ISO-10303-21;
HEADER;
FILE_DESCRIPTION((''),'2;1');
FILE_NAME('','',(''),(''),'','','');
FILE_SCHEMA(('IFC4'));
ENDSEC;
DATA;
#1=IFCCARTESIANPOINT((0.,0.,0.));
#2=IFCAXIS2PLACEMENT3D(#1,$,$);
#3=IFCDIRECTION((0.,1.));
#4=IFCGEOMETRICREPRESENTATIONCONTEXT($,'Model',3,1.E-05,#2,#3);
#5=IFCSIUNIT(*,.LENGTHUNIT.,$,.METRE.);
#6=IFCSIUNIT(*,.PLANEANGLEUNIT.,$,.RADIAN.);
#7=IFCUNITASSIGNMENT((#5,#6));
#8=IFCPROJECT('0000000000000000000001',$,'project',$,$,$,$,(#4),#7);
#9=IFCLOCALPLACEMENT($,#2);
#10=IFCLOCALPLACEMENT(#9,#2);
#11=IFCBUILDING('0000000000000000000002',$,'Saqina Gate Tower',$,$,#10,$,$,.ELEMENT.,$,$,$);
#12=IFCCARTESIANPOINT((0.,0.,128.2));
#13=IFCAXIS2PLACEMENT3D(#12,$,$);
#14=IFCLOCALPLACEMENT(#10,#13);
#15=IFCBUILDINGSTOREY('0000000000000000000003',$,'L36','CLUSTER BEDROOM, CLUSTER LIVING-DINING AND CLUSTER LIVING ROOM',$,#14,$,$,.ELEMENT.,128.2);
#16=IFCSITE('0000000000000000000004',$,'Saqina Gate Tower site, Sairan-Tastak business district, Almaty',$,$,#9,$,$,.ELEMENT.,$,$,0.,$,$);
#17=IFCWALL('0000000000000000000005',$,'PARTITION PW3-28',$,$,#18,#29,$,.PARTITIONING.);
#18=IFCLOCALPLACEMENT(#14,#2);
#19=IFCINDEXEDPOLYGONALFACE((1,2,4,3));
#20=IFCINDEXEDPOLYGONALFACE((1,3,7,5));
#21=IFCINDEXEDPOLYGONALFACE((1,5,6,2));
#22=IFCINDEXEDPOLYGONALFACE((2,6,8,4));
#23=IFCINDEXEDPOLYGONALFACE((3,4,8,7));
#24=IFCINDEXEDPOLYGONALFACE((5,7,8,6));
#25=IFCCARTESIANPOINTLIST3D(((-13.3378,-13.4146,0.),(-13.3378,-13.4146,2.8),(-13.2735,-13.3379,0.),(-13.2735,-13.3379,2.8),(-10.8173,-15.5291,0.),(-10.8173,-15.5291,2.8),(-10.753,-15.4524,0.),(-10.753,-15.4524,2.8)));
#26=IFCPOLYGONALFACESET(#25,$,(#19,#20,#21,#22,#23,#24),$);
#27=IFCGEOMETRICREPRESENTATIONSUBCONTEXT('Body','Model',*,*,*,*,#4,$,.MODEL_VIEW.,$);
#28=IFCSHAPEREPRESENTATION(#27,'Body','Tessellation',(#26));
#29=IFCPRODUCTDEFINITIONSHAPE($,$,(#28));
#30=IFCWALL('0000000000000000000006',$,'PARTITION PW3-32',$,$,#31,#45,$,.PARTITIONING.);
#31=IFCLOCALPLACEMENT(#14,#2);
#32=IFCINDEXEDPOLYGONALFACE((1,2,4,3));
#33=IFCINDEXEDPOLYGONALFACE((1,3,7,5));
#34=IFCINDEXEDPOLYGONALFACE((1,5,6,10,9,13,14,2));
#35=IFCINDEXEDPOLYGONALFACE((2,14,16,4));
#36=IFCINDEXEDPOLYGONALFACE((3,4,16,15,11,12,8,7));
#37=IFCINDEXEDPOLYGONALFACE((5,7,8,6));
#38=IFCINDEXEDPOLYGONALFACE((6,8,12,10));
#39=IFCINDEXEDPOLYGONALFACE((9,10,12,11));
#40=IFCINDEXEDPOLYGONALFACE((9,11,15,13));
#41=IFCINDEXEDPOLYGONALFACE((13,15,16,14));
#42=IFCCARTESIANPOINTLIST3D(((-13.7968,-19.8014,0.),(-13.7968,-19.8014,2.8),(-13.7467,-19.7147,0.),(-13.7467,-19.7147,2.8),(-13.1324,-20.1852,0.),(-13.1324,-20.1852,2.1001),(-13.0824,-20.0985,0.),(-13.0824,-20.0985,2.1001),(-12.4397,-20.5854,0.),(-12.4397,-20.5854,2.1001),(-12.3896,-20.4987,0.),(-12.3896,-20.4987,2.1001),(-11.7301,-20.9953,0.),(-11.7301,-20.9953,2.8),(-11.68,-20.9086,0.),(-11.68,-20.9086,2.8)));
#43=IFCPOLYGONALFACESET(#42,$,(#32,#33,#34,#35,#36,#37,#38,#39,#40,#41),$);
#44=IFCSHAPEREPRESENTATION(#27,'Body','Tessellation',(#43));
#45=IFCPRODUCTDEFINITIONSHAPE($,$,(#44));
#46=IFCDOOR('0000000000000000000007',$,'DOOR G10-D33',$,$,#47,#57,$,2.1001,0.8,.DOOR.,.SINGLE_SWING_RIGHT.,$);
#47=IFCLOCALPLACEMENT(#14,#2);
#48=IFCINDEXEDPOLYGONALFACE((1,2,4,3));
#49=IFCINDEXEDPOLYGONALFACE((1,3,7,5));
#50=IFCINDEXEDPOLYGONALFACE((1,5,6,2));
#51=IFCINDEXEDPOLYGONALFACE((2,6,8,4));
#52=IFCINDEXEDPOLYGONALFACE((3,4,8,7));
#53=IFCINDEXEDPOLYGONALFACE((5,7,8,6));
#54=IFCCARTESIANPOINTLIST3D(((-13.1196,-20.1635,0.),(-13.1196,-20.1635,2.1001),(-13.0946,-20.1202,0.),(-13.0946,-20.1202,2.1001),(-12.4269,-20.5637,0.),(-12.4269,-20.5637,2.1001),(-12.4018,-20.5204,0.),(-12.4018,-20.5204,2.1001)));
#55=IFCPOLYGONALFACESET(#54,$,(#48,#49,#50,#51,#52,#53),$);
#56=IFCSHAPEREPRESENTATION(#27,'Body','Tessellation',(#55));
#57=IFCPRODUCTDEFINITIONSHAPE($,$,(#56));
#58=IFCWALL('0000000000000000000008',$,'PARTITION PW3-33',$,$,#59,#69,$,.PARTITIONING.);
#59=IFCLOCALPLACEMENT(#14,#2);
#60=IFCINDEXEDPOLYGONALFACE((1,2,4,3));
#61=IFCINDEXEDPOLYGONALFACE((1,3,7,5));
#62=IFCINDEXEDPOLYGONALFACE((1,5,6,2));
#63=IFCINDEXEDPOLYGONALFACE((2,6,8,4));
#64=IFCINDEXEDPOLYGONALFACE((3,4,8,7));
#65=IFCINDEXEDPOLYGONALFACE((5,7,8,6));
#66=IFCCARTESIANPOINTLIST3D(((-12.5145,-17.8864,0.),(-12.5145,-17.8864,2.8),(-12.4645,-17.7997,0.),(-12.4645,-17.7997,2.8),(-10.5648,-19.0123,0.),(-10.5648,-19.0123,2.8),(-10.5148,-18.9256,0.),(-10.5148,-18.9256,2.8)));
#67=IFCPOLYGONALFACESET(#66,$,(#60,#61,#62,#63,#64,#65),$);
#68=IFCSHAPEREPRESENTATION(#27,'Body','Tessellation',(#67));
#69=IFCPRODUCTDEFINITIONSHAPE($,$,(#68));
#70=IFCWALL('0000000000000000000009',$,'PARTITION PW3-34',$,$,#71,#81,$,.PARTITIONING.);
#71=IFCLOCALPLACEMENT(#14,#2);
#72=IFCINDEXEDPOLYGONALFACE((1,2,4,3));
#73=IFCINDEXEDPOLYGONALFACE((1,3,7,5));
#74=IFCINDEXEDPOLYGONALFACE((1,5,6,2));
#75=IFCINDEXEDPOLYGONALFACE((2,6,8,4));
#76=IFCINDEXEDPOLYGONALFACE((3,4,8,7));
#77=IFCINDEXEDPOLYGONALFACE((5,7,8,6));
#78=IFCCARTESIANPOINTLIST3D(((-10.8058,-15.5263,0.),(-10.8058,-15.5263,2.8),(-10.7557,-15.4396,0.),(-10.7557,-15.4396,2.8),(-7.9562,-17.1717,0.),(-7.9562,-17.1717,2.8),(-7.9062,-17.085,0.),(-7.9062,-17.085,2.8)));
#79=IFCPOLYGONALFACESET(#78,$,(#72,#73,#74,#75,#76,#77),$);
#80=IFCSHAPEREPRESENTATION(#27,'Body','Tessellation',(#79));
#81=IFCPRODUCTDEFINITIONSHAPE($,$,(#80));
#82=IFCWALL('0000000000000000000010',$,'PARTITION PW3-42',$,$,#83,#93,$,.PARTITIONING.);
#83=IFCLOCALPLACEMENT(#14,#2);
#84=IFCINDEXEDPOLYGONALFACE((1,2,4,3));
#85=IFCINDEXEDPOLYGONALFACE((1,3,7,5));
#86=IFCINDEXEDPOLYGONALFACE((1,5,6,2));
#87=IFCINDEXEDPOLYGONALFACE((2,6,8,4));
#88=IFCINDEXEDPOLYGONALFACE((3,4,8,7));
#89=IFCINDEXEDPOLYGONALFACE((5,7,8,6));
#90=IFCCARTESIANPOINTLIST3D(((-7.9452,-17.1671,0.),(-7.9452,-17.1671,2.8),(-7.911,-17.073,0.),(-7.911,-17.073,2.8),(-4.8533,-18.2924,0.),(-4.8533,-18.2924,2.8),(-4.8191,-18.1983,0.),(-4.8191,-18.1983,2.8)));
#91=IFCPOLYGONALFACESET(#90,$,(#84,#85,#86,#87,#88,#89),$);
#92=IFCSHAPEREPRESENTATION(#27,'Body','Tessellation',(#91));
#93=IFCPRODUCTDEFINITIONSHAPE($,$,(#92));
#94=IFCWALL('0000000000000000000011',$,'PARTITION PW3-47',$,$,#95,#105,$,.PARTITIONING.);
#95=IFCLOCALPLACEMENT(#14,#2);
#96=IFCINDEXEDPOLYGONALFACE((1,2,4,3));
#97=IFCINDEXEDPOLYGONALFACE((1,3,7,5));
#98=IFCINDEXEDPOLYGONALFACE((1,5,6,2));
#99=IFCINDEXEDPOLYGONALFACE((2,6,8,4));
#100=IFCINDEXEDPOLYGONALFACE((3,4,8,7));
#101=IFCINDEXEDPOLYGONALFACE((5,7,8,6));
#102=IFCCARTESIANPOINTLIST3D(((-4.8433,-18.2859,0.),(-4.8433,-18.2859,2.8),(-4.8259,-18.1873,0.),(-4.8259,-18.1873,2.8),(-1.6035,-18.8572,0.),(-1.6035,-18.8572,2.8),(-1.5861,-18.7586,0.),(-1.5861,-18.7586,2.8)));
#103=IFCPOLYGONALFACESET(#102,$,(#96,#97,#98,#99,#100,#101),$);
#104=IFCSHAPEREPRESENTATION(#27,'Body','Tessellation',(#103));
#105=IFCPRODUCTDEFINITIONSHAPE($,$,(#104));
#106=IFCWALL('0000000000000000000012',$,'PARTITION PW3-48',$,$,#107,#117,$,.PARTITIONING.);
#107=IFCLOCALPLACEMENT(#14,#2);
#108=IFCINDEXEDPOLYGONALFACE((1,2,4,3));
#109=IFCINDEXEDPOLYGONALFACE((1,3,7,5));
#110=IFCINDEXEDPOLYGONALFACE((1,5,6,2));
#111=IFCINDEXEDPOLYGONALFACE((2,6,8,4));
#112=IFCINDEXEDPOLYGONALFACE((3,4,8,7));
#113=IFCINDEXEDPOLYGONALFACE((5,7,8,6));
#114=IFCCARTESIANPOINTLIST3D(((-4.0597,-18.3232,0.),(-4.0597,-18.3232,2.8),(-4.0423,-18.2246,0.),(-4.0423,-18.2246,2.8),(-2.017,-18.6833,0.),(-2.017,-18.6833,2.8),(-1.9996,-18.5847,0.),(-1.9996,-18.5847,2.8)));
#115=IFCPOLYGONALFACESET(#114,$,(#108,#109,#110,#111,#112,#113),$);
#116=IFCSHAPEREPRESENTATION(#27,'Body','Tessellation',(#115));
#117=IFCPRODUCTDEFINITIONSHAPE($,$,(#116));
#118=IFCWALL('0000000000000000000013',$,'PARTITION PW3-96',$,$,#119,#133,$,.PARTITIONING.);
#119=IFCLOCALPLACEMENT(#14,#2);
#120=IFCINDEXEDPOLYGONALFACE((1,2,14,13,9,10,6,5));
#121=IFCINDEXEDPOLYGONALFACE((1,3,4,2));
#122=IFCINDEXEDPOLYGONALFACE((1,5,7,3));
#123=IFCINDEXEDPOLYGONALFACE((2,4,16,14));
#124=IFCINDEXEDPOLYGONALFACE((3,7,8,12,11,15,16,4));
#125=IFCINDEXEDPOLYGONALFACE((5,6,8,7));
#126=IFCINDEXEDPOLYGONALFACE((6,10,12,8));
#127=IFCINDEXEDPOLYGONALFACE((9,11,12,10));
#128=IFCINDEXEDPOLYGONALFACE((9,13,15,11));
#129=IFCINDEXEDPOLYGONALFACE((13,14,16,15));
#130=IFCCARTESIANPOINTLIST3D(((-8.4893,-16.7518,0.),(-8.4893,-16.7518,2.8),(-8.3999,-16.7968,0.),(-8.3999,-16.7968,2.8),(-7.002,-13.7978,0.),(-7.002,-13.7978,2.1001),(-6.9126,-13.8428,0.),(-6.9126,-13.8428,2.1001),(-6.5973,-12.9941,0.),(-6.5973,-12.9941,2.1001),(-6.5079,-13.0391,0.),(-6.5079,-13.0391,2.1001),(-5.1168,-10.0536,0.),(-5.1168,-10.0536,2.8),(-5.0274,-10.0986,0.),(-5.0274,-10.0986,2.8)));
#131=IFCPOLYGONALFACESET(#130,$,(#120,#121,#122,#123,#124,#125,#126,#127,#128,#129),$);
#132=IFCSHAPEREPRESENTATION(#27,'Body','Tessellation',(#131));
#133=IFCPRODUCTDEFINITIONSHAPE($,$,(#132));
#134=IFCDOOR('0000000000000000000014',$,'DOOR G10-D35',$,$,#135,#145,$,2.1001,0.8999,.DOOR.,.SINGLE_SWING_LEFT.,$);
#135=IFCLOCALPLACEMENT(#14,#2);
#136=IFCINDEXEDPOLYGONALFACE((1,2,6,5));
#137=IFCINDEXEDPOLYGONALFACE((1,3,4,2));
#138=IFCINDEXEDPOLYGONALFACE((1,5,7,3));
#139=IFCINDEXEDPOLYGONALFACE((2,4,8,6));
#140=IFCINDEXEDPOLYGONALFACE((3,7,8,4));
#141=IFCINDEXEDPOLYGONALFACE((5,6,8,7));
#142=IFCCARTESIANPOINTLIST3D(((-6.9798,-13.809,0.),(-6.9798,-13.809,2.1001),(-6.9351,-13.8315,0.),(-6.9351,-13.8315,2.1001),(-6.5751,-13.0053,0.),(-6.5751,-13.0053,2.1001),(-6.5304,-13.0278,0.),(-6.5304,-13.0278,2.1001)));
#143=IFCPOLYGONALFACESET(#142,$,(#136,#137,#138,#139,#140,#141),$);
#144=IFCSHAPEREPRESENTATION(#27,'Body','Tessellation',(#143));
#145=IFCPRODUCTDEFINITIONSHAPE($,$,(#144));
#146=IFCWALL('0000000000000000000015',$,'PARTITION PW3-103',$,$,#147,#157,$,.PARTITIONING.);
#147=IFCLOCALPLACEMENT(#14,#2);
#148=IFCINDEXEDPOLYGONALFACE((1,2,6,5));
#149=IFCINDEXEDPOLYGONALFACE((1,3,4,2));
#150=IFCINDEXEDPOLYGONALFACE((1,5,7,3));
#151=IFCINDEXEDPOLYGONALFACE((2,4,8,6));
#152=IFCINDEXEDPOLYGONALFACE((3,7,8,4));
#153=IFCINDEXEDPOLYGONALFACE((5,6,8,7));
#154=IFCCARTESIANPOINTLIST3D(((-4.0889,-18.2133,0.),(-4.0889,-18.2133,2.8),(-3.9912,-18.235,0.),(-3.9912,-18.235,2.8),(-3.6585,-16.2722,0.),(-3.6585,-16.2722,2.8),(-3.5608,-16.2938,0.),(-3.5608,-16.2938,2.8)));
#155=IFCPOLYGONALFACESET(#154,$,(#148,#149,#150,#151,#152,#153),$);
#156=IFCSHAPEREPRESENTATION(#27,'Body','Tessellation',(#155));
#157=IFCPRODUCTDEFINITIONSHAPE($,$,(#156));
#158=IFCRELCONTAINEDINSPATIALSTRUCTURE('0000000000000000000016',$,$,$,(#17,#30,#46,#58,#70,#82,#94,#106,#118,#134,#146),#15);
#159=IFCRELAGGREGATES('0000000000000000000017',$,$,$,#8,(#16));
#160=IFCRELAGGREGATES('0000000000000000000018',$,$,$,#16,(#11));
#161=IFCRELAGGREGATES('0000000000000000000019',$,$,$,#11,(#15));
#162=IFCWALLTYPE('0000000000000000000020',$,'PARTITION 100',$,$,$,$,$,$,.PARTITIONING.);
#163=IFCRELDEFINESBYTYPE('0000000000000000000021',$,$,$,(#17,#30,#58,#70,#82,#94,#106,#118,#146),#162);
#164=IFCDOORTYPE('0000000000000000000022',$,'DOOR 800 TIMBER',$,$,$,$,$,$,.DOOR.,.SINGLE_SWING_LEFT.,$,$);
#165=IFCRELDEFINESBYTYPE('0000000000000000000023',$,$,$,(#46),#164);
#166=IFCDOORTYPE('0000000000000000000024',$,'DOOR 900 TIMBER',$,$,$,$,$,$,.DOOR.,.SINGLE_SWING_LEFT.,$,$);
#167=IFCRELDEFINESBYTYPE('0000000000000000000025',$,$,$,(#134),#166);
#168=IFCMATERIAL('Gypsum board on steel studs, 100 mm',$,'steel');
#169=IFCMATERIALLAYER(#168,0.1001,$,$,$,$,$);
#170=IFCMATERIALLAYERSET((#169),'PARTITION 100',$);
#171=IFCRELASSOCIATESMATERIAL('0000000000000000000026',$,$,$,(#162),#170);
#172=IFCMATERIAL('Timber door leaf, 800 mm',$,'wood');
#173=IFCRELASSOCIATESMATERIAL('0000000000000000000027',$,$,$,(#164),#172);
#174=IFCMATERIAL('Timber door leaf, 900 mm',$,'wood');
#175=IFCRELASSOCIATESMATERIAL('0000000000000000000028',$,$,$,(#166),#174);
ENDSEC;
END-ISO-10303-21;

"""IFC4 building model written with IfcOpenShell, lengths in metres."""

from ifc_helpers import new_model, si_unit, direction, frame, frame_2d, origin, place, context, subcontext, project, spatial, rectangle, extrude, material, layer, layer_set, type_object, element, fill, save


model = new_model("IFC4")

# Units and contexts
model_context = context("Model", 3, precision=1e-05, world=origin(), true_north=direction((0.0, 1.0)))
body_context = subcontext(model_context, "Body", "Model", "MODEL_VIEW")
ifc_project = project(units=[si_unit("LENGTHUNIT", "METRE"), si_unit("PLANEANGLEUNIT", "RADIAN")], contexts=[model_context])

# Site, building, storey
site_placement = place(None, origin())
site = spatial("IfcSite", under=ifc_project, at=site_placement, Name="Saqina Gate Tower site, Sairan-Tastak business district, Almaty", CompositionType="ELEMENT", RefElevation=0.0)
building_placement = place(site_placement, origin())
building = spatial("IfcBuilding", under=site, at=building_placement, Name="Saqina Gate Tower", CompositionType="ELEMENT")
storey_placement = place(building_placement, frame((0.0, 0.0, 128.2)))
storey = spatial("IfcBuildingStorey", under=building, at=storey_placement, Name="L36", Description="CLUSTER BEDROOM, CLUSTER LIVING-DINING AND CLUSTER LIVING ROOM", CompositionType="ELEMENT", Elevation=128.2)

# Wall
ifc_material_1 = material(Name="Gypsum board on steel studs, 100 mm", Category="steel")
ifc_layer_1 = layer(ifc_material_1, 0.1001)
ifc_layer_set_1 = layer_set([ifc_layer_1], Name="PARTITION 100")
wall_type_1 = type_object("IfcWallType", Name="PARTITION 100", PredefinedType="PARTITIONING", material=ifc_layer_set_1)
wall_1_placement = place(storey_placement, frame((-13.3057, -13.3762, 0.0), z_axis=(0.0, 0.0, 1.0), x_axis=(0.766113, -0.642706, 0.0)))
element("IfcWall", 1, at=wall_1_placement, inside=storey, type_object=wall_type_1, Name="PARTITION PW3-28", PredefinedType="PARTITIONING", context=body_context, shape_type="SweptSolid", body=[
    extrude(rectangle(XDim=3.29, YDim=0.1001, at=frame_2d((1.645, 0.0))), origin(), (0.0, 0.0, 1.0), 2.8),
])

# Wall, opening, door
wall_2_placement = place(storey_placement, frame((-13.7717, -19.7581, 0.0), z_axis=(0.0, 0.0, 1.0), x_axis=(0.865904, -0.500209, 0.0)))
wall_2 = element("IfcWall", 2, at=wall_2_placement, inside=storey, type_object=wall_type_1, Name="PARTITION PW3-32", PredefinedType="PARTITIONING", context=body_context, shape_type="SweptSolid", body=[
    extrude(rectangle(XDim=2.3867, YDim=0.1001, at=frame_2d((1.1934, 0.0))), origin(), (0.0, 0.0, 1.0), 2.8),
])
opening_1_placement = place(wall_2_placement, frame((0.7673, 0.0, 0.0)))
opening_1 = element("IfcOpeningElement", 3, at=opening_1_placement, cuts=wall_2, PredefinedType="OPENING", context=body_context, shape_type="SweptSolid", body=[
    extrude(rectangle(XDim=0.8, YDim=2.1001, at=frame_2d((0.3999, 1.05))), frame((0.0, 0.062, 0.0), z_axis=(0.0, -1.0, 0.0), x_axis=(1.0, 0.0, 0.0)), (0.0, 0.0, 1.0), 0.124),
])
ifc_material_2 = material(Name="Timber door leaf, 800 mm", Category="wood")
door_type_1 = type_object("IfcDoorType", Name="DOOR 800 TIMBER", OperationType="SINGLE_SWING_LEFT", PredefinedType="DOOR", material=ifc_material_2)
door_1_placement = place(opening_1_placement, frame((0.8, 0.0, 0.0), z_axis=(0.0, 0.0, 1.0), x_axis=(-1.0, 0.0, 0.0)))
door_1 = element("IfcDoor", 4, at=door_1_placement, inside=storey, type_object=door_type_1, Name="DOOR G10-D33", OperationType="SINGLE_SWING_RIGHT", OverallHeight=2.1001, OverallWidth=0.8, PredefinedType="DOOR", context=body_context, shape_type="SweptSolid", body=[
    extrude(rectangle(XDim=0.8, YDim=2.1001, at=frame_2d((0.3999, 1.05))), frame((0.0, 0.0249, 0.0), z_axis=(0.0, -1.0, 0.0), x_axis=(1.0, 0.0, 0.0)), (0.0, 0.0, 1.0), 0.05),
])
fill(opening_1, door_1)

# Walls
wall_3_placement = place(storey_placement, frame((-12.4895, -17.843, 0.0), z_axis=(0.0, 0.0, 1.0), x_axis=(0.865965, -0.500104, 0.0)))
element("IfcWall", 5, at=wall_3_placement, inside=storey, type_object=wall_type_1, Name="PARTITION PW3-33", PredefinedType="PARTITIONING", context=body_context, shape_type="SweptSolid", body=[
    extrude(rectangle(XDim=2.2515, YDim=0.1001, at=frame_2d((1.1257, 0.0))), origin(), (0.0, 0.0, 1.0), 2.8),
])
wall_4_placement = place(storey_placement, frame((-10.7808, -15.4829, 0.0), z_axis=(0.0, 0.0, 1.0), x_axis=(0.865988, -0.500065, 0.0)))
element("IfcWall", 6, at=wall_4_placement, inside=storey, type_object=wall_type_1, Name="PARTITION PW3-34", PredefinedType="PARTITIONING", context=body_context, shape_type="SweptSolid", body=[
    extrude(rectangle(XDim=3.2905, YDim=0.1001, at=frame_2d((1.6453, 0.0))), origin(), (0.0, 0.0, 1.0), 2.8),
])
wall_5_placement = place(storey_placement, frame((-7.928, -17.1201, 0.0), z_axis=(0.0, 0.0, 1.0), x_axis=(0.9397, -0.341999, 0.0)))
element("IfcWall", 7, at=wall_5_placement, inside=storey, type_object=wall_type_1, Name="PARTITION PW3-42", PredefinedType="PARTITIONING", context=body_context, shape_type="SweptSolid", body=[
    extrude(rectangle(XDim=3.2903, YDim=0.1001, at=frame_2d((1.645, 0.0))), origin(), (0.0, 0.0, 1.0), 2.8),
])
wall_6_placement = place(storey_placement, frame((-4.8347, -18.2366, 0.0), z_axis=(0.0, 0.0, 1.0), x_axis=(0.984806, -0.173658, 0.0)))
element("IfcWall", 8, at=wall_6_placement, inside=storey, type_object=wall_type_1, Name="PARTITION PW3-47", PredefinedType="PARTITIONING", context=body_context, shape_type="SweptSolid", body=[
    extrude(rectangle(XDim=3.2898, YDim=0.1001, at=frame_2d((1.645, 0.0))), origin(), (0.0, 0.0, 1.0), 2.8),
])
wall_7_placement = place(storey_placement, frame((-4.051, -18.2739, 0.0), z_axis=(0.0, 0.0, 1.0), x_axis=(0.984814, -0.173611, 0.0)))
element("IfcWall", 9, at=wall_7_placement, inside=storey, type_object=wall_type_1, Name="PARTITION PW3-48", PredefinedType="PARTITIONING", context=body_context, shape_type="SweptSolid", body=[
    extrude(rectangle(XDim=2.0742, YDim=0.1001, at=frame_2d((1.0371, 0.0))), origin(), (0.0, 0.0, 1.0), 2.8),
])

# Wall, opening, door
wall_8_placement = place(storey_placement, frame((-8.4446, -16.7742, 0.0), z_axis=(0.0, 0.0, 1.0), x_axis=(0.449712, 0.893174, 0.0)))
wall_8 = element("IfcWall", 10, at=wall_8_placement, inside=storey, type_object=wall_type_1, Name="PARTITION PW3-96", PredefinedType="PARTITIONING", context=body_context, shape_type="SweptSolid", body=[
    extrude(rectangle(XDim=7.4993, YDim=0.1001, at=frame_2d((3.7495, 0.0))), origin(), (0.0, 0.0, 1.0), 2.8),
])
opening_2_placement = place(wall_8_placement, frame((3.3071, 0.0, 0.0)))
opening_2 = element("IfcOpeningElement", 11, at=opening_2_placement, cuts=wall_8, PredefinedType="OPENING", context=body_context, shape_type="SweptSolid", body=[
    extrude(rectangle(XDim=0.8999, YDim=2.1001, at=frame_2d((0.45, 1.05))), frame((0.0, 0.062, 0.0), z_axis=(0.0, -1.0, 0.0), x_axis=(1.0, 0.0, 0.0)), (0.0, 0.0, 1.0), 0.124),
])
ifc_material_3 = material(Name="Timber door leaf, 900 mm", Category="wood")
door_type_2 = type_object("IfcDoorType", Name="DOOR 900 TIMBER", OperationType="SINGLE_SWING_LEFT", PredefinedType="DOOR", material=ifc_material_3)
door_2_placement = place(opening_2_placement, frame((0.8999, 0.0, 0.0), z_axis=(0.0, 0.0, 1.0), x_axis=(-1.0, 0.0, 0.0)))
door_2 = element("IfcDoor", 12, at=door_2_placement, inside=storey, type_object=door_type_2, Name="DOOR G10-D35", OperationType="SINGLE_SWING_LEFT", OverallHeight=2.1001, OverallWidth=0.8999, PredefinedType="DOOR", context=body_context, shape_type="SweptSolid", body=[
    extrude(rectangle(XDim=0.8999, YDim=2.1001, at=frame_2d((0.45, 1.05))), frame((0.0, 0.0249, 0.0), z_axis=(0.0, -1.0, 0.0), x_axis=(1.0, 0.0, 0.0)), (0.0, 0.0, 1.0), 0.05),
])
fill(opening_2, door_2)

# Wall
wall_9_placement = place(storey_placement, frame((-4.04, -18.2241, 0.0), z_axis=(0.0, 0.0, 1.0), x_axis=(0.216475, 0.976288, 0.0)))
element("IfcWall", 13, at=wall_9_placement, inside=storey, type_object=wall_type_1, Name="PARTITION PW3-103", PredefinedType="PARTITIONING", context=body_context, shape_type="SweptSolid", body=[
    extrude(rectangle(XDim=1.9883, YDim=0.1001, at=frame_2d((0.9941, 0.0))), origin(), (0.0, 0.0, 1.0), 2.8),
])

save(model, "model.ifc")
